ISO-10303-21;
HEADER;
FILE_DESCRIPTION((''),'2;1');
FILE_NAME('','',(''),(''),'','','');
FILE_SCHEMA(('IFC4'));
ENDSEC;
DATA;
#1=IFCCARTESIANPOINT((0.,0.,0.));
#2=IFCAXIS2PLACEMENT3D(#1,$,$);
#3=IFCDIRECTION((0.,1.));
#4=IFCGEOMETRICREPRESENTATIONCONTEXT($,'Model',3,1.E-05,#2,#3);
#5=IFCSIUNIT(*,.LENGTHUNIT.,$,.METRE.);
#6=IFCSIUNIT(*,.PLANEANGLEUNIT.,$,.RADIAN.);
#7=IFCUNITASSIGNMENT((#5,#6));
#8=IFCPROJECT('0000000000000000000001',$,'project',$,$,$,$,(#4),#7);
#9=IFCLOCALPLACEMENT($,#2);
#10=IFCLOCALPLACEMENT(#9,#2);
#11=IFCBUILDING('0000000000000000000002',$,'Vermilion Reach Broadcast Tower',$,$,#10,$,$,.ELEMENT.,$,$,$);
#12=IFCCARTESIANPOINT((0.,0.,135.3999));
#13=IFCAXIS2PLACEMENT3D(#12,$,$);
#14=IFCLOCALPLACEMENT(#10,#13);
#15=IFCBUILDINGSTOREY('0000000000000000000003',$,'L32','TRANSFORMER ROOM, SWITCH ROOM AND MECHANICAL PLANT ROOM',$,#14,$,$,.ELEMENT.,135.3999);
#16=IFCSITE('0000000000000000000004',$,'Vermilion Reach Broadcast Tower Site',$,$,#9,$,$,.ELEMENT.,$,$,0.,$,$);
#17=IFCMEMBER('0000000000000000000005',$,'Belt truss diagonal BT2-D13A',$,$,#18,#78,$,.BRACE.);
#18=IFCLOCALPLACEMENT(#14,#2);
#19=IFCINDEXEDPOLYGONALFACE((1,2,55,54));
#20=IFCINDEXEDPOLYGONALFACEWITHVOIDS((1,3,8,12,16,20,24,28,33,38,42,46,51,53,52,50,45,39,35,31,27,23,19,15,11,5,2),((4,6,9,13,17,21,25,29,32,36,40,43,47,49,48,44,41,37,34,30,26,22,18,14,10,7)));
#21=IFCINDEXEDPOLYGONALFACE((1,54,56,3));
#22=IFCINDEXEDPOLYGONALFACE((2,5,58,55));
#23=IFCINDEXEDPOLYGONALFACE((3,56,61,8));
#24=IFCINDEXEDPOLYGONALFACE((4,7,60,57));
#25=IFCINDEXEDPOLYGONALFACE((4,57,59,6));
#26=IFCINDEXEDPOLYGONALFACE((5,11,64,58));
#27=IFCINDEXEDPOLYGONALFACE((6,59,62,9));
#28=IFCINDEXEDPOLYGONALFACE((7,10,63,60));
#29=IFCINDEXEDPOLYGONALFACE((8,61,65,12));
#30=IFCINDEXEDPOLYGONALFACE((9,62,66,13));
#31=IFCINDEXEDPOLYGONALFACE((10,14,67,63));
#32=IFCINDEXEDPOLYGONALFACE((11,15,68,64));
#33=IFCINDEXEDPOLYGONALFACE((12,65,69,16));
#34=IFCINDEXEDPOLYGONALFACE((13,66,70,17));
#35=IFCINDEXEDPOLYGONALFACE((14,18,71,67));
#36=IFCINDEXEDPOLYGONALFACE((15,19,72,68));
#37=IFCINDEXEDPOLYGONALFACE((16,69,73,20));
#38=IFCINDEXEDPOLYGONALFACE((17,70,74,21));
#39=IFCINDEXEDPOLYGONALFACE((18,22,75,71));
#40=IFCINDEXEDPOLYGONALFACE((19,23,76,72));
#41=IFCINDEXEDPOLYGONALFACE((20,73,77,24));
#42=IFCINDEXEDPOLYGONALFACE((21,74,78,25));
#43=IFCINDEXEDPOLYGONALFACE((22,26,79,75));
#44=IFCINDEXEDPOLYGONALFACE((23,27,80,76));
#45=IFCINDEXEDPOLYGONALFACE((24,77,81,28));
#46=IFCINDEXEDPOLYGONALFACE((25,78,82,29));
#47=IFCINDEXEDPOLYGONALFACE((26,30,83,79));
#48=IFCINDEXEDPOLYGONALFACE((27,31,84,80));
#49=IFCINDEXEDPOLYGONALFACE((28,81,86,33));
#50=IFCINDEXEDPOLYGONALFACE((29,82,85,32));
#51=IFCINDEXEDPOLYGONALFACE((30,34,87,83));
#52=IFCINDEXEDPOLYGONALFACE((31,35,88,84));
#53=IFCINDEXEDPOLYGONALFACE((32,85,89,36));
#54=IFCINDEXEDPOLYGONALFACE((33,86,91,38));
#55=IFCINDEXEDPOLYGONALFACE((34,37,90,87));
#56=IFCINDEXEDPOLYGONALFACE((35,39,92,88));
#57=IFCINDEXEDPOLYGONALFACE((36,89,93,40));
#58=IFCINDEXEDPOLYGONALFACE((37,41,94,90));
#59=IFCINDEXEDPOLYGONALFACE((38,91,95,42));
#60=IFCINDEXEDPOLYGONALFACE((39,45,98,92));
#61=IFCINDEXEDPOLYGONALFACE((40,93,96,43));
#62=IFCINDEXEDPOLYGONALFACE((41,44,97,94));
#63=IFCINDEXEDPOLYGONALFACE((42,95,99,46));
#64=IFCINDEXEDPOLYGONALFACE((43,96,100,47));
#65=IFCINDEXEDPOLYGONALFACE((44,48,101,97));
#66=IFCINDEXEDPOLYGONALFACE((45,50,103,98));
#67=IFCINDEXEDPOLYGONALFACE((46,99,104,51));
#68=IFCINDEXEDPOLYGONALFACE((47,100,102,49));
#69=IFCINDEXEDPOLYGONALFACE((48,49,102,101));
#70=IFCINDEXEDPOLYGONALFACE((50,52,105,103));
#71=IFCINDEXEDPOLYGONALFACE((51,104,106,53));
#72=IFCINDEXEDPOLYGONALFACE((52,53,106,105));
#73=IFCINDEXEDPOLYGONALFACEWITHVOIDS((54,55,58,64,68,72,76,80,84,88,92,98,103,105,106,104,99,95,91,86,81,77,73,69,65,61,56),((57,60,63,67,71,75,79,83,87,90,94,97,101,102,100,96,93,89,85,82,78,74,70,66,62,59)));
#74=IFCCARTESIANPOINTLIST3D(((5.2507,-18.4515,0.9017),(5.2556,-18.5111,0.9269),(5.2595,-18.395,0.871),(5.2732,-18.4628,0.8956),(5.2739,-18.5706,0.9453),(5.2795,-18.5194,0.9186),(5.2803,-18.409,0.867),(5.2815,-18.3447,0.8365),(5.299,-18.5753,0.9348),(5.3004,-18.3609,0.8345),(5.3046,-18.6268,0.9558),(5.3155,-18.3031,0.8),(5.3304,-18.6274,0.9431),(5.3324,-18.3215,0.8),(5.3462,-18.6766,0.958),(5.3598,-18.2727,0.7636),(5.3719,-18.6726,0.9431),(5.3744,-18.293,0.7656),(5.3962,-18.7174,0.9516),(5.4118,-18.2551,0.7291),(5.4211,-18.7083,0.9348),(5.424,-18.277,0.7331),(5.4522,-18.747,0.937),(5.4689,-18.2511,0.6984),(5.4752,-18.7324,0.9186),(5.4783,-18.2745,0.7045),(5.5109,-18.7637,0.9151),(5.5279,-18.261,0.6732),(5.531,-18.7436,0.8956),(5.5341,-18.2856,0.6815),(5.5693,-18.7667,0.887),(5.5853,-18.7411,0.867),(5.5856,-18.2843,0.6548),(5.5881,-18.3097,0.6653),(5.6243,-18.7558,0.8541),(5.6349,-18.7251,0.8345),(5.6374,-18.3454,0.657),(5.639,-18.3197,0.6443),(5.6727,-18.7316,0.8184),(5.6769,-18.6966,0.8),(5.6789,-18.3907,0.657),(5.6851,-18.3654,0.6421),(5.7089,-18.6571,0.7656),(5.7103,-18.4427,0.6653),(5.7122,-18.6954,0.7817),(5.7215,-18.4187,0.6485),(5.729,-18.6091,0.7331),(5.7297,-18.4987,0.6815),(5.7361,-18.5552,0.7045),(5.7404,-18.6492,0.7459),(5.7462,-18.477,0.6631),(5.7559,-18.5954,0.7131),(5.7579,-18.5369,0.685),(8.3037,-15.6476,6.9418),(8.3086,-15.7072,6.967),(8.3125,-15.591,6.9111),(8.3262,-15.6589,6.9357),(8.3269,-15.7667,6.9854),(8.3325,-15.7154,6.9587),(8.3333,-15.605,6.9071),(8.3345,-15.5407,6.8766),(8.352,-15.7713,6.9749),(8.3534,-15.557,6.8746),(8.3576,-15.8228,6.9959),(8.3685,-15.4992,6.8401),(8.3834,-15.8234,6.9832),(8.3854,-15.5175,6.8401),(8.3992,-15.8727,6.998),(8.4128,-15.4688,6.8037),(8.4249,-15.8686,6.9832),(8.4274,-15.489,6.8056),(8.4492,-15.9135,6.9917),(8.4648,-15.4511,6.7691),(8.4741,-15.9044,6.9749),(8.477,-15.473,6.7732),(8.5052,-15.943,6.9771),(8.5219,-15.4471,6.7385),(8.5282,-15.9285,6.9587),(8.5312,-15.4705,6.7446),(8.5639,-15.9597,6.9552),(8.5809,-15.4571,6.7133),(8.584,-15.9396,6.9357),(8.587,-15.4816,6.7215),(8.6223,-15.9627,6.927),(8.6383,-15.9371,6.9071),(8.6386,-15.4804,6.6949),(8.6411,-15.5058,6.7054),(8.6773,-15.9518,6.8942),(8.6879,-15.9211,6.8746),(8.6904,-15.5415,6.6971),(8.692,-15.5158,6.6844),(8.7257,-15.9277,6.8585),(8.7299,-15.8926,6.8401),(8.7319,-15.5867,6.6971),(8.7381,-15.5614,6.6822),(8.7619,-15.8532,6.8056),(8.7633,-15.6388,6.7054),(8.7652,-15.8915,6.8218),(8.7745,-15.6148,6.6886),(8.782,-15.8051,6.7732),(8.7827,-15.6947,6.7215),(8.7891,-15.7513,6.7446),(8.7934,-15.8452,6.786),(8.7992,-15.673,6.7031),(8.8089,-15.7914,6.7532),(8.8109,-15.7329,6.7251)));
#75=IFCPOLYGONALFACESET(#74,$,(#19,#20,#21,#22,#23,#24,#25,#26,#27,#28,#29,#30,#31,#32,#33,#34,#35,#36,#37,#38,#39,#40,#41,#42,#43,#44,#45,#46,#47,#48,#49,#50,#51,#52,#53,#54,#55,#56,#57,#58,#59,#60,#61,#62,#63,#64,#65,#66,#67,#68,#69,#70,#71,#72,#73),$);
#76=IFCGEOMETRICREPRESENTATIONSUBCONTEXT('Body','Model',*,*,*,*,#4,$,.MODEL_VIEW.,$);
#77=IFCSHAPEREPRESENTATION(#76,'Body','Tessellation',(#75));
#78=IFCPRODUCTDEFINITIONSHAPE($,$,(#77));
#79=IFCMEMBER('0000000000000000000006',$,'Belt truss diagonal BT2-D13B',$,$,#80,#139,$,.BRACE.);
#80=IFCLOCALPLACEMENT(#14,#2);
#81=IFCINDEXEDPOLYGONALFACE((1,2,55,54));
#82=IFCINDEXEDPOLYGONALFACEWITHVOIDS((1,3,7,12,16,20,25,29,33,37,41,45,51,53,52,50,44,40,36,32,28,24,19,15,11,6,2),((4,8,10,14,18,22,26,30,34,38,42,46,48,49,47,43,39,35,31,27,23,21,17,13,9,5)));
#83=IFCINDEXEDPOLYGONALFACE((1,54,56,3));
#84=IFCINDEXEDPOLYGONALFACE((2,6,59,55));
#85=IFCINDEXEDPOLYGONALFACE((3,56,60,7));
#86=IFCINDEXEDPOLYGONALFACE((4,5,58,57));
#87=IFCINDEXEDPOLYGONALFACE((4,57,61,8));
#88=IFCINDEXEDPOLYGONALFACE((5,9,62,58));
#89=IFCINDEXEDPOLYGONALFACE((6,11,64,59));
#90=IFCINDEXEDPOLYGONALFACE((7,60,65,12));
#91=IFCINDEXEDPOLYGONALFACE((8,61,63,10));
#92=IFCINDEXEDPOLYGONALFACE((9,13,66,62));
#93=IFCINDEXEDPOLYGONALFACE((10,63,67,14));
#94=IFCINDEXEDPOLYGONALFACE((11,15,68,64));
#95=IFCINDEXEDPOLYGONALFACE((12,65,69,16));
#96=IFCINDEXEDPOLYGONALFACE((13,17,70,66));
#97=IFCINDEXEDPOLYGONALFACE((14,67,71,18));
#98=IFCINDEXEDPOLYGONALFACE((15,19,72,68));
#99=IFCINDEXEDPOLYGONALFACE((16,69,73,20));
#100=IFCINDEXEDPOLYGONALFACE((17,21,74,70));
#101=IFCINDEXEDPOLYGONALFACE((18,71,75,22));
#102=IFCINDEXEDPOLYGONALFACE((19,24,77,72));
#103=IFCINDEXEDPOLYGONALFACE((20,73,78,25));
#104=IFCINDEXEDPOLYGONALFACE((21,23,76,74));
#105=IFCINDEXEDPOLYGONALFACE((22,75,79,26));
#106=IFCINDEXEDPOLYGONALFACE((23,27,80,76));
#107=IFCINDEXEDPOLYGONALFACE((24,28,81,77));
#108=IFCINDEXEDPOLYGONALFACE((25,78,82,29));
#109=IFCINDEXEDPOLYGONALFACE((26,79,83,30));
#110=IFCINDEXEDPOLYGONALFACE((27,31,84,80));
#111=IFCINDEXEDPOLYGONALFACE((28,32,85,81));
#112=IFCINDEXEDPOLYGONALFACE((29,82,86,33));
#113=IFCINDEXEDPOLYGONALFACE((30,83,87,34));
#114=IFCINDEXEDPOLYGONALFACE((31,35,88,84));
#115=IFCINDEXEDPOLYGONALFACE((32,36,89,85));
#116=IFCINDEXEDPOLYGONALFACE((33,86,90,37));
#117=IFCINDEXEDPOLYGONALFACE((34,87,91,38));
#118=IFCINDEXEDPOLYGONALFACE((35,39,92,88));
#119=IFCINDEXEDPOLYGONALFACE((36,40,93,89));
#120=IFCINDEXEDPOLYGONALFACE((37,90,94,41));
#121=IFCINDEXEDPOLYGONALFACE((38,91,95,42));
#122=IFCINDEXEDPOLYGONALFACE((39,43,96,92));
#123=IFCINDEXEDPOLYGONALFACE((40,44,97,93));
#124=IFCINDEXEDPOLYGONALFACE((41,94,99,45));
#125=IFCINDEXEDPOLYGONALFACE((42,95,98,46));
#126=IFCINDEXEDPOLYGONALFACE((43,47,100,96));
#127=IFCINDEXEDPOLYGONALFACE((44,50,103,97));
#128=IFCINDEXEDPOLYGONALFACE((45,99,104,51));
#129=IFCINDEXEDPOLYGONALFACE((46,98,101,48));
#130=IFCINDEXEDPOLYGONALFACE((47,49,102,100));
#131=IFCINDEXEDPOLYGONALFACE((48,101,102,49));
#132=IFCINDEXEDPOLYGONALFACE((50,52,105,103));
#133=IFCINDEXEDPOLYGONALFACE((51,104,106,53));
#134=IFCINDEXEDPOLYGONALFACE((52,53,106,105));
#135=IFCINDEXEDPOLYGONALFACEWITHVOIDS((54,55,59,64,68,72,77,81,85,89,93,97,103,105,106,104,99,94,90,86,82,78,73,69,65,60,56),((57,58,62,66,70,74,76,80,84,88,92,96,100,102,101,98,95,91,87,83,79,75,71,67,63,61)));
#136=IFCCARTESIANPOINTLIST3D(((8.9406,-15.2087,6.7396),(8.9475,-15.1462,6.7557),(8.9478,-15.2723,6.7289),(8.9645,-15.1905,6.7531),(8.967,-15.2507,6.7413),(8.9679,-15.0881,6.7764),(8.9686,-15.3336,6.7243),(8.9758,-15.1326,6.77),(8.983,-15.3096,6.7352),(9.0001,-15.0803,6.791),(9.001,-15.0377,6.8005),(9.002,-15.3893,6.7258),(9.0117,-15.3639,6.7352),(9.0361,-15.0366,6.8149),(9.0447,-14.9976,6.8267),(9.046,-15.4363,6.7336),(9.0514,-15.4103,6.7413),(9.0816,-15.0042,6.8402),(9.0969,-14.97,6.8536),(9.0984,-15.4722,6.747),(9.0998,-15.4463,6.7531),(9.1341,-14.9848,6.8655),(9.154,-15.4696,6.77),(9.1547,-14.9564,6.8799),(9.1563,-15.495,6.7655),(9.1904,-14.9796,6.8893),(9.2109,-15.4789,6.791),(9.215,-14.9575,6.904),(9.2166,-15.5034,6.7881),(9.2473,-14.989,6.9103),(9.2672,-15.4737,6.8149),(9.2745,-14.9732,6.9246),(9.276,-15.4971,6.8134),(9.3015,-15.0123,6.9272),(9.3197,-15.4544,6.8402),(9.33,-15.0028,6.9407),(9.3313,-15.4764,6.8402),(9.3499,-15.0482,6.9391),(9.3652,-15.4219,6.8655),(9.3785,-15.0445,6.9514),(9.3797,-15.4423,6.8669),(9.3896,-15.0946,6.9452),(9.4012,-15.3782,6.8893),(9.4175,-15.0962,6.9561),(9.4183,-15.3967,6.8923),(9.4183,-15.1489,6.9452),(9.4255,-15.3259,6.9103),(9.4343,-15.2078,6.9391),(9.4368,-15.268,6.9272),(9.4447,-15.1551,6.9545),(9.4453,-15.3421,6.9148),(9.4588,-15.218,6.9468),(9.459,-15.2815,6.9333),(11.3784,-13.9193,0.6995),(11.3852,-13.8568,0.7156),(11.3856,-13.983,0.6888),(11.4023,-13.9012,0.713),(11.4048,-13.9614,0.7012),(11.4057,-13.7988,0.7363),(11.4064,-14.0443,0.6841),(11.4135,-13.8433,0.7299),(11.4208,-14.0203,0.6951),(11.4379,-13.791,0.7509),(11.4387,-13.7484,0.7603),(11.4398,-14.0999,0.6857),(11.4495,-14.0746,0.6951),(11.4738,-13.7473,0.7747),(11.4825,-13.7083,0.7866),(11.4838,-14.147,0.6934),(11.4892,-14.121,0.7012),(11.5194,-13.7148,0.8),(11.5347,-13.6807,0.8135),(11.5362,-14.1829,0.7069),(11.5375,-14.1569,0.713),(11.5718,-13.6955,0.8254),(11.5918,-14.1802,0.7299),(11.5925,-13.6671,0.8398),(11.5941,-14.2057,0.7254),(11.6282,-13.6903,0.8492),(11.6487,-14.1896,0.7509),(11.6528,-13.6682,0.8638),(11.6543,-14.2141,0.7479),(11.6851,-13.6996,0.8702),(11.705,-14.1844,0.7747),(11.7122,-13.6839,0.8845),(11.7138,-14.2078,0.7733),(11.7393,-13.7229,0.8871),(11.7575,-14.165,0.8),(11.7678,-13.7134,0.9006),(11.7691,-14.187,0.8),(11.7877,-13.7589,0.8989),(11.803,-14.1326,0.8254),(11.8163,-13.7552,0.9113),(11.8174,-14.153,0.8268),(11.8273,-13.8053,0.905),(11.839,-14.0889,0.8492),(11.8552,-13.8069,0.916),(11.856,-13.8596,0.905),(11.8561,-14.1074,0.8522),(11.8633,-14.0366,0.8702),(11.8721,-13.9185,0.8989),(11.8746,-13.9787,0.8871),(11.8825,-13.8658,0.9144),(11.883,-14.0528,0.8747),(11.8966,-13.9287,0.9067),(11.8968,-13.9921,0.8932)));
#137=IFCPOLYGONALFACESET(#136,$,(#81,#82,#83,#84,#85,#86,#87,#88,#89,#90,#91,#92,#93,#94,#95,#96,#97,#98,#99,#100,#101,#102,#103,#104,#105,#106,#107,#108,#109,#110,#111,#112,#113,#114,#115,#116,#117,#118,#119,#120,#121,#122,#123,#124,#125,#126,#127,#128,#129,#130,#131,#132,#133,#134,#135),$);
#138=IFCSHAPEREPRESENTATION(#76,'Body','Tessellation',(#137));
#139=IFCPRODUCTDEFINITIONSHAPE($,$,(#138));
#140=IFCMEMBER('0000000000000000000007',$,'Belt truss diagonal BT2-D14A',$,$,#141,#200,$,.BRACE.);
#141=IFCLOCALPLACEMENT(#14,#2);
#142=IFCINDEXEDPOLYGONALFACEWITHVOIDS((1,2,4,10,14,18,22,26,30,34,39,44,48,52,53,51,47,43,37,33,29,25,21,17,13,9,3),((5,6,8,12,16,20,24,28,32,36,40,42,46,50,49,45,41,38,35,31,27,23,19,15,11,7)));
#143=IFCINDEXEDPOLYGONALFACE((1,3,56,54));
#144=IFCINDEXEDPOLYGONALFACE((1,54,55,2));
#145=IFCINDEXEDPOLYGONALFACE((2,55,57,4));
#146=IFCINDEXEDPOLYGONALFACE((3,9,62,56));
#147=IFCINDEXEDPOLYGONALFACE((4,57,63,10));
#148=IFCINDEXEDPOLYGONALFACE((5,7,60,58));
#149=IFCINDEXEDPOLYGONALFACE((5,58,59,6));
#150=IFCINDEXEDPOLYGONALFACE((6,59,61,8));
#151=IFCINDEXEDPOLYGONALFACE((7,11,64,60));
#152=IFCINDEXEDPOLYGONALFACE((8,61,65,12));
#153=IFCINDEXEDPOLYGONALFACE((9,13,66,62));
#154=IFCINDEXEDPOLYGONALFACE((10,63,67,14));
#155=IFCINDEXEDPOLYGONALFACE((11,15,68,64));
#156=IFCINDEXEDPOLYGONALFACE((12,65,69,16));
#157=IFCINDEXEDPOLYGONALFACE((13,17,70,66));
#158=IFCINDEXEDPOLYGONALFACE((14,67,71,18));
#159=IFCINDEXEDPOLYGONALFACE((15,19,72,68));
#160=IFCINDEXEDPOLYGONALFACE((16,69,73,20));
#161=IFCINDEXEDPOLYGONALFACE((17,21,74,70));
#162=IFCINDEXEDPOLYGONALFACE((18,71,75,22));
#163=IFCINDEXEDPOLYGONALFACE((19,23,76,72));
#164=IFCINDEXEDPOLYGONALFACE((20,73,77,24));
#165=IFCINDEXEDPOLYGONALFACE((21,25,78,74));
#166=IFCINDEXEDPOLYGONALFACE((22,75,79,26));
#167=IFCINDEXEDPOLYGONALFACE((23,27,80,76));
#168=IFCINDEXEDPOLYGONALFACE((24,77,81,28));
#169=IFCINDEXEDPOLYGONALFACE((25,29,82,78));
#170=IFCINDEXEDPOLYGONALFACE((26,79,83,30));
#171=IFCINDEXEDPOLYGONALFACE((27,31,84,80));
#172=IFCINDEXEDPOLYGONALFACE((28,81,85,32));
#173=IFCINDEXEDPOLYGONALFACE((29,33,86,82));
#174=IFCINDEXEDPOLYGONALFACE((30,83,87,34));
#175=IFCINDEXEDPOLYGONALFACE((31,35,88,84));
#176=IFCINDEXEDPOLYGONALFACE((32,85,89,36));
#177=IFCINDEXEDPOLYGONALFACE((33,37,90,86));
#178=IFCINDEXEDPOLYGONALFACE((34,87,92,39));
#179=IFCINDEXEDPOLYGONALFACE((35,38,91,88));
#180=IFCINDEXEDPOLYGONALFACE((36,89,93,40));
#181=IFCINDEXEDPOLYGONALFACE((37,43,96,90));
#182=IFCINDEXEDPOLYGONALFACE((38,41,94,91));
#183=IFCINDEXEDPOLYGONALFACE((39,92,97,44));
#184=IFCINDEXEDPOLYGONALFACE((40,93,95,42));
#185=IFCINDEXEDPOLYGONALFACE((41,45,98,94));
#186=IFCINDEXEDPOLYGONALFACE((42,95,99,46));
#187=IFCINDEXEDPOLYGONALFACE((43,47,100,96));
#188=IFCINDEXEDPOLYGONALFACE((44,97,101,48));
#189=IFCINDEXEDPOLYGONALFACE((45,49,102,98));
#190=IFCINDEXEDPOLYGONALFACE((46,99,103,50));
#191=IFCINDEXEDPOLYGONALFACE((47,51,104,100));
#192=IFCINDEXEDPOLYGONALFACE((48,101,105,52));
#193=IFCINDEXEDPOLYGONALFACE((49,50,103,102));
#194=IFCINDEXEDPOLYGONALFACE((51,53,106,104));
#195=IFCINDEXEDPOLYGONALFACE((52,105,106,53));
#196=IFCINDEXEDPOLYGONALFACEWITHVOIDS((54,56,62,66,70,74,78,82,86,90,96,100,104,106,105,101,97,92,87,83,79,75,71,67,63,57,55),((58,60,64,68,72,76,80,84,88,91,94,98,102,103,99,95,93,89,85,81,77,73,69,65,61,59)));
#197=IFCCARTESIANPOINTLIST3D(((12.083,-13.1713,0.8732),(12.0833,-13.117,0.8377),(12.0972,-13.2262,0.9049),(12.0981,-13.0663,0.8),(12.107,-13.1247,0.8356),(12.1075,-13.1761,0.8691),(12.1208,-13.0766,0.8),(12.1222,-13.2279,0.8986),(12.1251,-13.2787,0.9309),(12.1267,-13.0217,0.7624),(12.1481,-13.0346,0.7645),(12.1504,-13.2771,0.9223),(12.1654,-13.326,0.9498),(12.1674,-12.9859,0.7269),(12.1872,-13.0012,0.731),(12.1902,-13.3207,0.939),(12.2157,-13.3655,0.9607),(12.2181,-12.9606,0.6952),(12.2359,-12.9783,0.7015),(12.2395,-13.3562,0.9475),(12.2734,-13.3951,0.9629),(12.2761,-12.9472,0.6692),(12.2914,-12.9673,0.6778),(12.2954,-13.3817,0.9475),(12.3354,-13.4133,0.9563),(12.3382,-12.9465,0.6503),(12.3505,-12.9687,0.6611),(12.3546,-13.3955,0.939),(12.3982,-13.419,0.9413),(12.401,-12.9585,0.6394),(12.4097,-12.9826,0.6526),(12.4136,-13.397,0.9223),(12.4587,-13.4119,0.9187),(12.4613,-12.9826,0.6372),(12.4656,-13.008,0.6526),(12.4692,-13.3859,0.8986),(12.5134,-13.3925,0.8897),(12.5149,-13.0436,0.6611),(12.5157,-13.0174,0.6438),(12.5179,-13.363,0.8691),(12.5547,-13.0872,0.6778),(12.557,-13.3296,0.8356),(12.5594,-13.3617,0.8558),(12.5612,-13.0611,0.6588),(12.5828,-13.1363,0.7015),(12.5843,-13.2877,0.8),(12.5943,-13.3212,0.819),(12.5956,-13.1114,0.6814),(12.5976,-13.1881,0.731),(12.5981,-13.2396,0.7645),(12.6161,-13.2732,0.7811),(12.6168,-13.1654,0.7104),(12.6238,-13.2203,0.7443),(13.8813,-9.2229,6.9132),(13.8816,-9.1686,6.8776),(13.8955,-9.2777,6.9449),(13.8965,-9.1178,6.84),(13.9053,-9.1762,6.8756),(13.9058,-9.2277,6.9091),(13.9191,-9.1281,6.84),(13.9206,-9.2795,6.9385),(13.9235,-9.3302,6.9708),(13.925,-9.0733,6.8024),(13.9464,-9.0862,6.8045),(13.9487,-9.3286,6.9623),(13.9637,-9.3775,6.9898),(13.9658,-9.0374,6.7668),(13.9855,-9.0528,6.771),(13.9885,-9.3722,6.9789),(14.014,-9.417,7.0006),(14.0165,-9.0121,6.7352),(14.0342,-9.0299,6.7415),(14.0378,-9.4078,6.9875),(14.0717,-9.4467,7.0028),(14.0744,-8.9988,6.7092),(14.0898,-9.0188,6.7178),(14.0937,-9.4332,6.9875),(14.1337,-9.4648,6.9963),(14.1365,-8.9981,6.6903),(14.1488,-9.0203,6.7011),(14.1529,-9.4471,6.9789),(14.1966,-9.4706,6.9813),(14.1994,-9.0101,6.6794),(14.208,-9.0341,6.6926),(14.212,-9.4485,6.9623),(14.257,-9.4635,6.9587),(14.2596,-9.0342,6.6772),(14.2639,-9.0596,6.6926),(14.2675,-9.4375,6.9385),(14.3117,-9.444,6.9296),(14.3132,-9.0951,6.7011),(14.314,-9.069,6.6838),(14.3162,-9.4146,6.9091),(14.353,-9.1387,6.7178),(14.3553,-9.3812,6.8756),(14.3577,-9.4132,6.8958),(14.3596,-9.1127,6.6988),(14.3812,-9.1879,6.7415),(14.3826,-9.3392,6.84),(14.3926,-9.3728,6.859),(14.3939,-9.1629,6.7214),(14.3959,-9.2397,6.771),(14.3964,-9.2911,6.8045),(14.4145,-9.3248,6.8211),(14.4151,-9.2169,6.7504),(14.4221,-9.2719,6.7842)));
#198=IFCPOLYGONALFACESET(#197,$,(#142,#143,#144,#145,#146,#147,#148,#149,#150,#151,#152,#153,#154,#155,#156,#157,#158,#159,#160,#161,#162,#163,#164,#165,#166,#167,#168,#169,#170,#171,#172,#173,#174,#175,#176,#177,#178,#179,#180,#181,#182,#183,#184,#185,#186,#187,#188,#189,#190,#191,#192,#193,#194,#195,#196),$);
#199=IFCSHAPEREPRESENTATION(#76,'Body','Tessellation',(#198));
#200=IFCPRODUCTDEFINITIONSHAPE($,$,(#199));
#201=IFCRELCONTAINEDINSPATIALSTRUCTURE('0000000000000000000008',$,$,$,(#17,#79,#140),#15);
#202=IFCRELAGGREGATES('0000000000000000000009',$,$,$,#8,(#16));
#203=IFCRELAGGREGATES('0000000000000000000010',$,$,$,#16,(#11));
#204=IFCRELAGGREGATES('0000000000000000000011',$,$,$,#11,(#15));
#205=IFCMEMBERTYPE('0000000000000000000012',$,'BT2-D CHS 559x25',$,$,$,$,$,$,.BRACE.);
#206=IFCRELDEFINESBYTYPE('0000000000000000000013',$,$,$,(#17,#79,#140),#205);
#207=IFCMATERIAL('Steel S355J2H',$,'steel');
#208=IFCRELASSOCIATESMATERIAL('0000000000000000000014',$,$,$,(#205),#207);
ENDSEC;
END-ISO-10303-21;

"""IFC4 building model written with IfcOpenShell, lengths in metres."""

from ifc_helpers import new_model, si_unit, direction, frame, origin, origin_2d, place, context, subcontext, project, spatial, hollow_circle, extrude, material, material_profile, profile_set, type_object, element, save


model = new_model("IFC4")

# Units and contexts
model_context = context("Model", 3, precision=1e-05, world=origin(), true_north=direction((0.0, 1.0)))
body_context = subcontext(model_context, "Body", "Model", "MODEL_VIEW")
ifc_project = project(units=[si_unit("LENGTHUNIT", "METRE"), si_unit("PLANEANGLEUNIT", "RADIAN")], contexts=[model_context])

# Site, building, storey
site_placement = place(None, origin())
site = spatial("IfcSite", under=ifc_project, at=site_placement, Name="Vermilion Reach Broadcast Tower Site", CompositionType="ELEMENT", RefElevation=0.0)
building_placement = place(site_placement, origin())
building = spatial("IfcBuilding", under=site, at=building_placement, Name="Vermilion Reach Broadcast Tower", CompositionType="ELEMENT")
storey_placement = place(building_placement, frame((0.0, 0.0, 135.3999)))
storey = spatial("IfcBuildingStorey", under=building, at=storey_placement, Name="L32", Description="TRANSFORMER ROOM, SWITCH ROOM AND MECHANICAL PLANT ROOM", CompositionType="ELEMENT", Elevation=135.3999)

# Members
ifc_material_1 = material(Name="Steel S355J2H", Category="steel")
ifc_material_profile_1 = material_profile(ifc_material_1, hollow_circle(Radius=0.2795, WallThickness=0.0249, at=origin_2d()), Name="S355J2H CHS 559x25")
ifc_profile_set_1 = profile_set([ifc_material_profile_1], Name="Steel S355J2H")
member_type_1 = type_object("IfcMemberType", Name="BT2-D CHS 559x25", PredefinedType="BRACE", material=ifc_profile_set_1)
member_1_placement = place(storey_placement, frame((5.5046, -18.509, 0.8), z_axis=(0.416753, 0.382759, 0.824507), x_axis=(-0.676431, 0.736506, 0.0)))
element("IfcMember", 1, at=member_1_placement, inside=storey, type_object=member_type_1, Name="Belt truss diagonal BT2-D13A", PredefinedType="BRACE", context=body_context, shape_type="SweptSolid", body=[
    extrude(hollow_circle(Radius=0.2795, WallThickness=0.0249, at=origin_2d()), origin(), (0.0, 0.0, 1.0), 7.3257),
])
member_2_placement = place(storey_placement, frame((11.6384, -13.9399, 0.8), z_axis=(-0.367141, -0.194178, 0.909671), x_axis=(0.46753, -0.883977, 0.0)))
element("IfcMember", 2, at=member_2_placement, inside=storey, type_object=member_type_1, Name="Belt truss diagonal BT2-D13B", PredefinedType="BRACE", context=body_context, shape_type="SweptSolid", body=[
    extrude(hollow_circle(Radius=0.2795, WallThickness=0.0249, at=origin_2d()), origin(), (0.0, 0.0, 1.0), 6.6399),
])
member_3_placement = place(storey_placement, frame((12.3525, -13.1821, 0.8), z_axis=(0.241815, 0.530936, 0.812178), x_axis=(-0.910056, 0.414485, 0.0)))
element("IfcMember", 3, at=member_3_placement, inside=storey, type_object=member_type_1, Name="Belt truss diagonal BT2-D14A", PredefinedType="BRACE", context=body_context, shape_type="SweptSolid", body=[
    extrude(hollow_circle(Radius=0.2795, WallThickness=0.0249, at=origin_2d()), origin(), (0.0, 0.0, 1.0), 7.4368),
])

save(model, "model.ifc")
